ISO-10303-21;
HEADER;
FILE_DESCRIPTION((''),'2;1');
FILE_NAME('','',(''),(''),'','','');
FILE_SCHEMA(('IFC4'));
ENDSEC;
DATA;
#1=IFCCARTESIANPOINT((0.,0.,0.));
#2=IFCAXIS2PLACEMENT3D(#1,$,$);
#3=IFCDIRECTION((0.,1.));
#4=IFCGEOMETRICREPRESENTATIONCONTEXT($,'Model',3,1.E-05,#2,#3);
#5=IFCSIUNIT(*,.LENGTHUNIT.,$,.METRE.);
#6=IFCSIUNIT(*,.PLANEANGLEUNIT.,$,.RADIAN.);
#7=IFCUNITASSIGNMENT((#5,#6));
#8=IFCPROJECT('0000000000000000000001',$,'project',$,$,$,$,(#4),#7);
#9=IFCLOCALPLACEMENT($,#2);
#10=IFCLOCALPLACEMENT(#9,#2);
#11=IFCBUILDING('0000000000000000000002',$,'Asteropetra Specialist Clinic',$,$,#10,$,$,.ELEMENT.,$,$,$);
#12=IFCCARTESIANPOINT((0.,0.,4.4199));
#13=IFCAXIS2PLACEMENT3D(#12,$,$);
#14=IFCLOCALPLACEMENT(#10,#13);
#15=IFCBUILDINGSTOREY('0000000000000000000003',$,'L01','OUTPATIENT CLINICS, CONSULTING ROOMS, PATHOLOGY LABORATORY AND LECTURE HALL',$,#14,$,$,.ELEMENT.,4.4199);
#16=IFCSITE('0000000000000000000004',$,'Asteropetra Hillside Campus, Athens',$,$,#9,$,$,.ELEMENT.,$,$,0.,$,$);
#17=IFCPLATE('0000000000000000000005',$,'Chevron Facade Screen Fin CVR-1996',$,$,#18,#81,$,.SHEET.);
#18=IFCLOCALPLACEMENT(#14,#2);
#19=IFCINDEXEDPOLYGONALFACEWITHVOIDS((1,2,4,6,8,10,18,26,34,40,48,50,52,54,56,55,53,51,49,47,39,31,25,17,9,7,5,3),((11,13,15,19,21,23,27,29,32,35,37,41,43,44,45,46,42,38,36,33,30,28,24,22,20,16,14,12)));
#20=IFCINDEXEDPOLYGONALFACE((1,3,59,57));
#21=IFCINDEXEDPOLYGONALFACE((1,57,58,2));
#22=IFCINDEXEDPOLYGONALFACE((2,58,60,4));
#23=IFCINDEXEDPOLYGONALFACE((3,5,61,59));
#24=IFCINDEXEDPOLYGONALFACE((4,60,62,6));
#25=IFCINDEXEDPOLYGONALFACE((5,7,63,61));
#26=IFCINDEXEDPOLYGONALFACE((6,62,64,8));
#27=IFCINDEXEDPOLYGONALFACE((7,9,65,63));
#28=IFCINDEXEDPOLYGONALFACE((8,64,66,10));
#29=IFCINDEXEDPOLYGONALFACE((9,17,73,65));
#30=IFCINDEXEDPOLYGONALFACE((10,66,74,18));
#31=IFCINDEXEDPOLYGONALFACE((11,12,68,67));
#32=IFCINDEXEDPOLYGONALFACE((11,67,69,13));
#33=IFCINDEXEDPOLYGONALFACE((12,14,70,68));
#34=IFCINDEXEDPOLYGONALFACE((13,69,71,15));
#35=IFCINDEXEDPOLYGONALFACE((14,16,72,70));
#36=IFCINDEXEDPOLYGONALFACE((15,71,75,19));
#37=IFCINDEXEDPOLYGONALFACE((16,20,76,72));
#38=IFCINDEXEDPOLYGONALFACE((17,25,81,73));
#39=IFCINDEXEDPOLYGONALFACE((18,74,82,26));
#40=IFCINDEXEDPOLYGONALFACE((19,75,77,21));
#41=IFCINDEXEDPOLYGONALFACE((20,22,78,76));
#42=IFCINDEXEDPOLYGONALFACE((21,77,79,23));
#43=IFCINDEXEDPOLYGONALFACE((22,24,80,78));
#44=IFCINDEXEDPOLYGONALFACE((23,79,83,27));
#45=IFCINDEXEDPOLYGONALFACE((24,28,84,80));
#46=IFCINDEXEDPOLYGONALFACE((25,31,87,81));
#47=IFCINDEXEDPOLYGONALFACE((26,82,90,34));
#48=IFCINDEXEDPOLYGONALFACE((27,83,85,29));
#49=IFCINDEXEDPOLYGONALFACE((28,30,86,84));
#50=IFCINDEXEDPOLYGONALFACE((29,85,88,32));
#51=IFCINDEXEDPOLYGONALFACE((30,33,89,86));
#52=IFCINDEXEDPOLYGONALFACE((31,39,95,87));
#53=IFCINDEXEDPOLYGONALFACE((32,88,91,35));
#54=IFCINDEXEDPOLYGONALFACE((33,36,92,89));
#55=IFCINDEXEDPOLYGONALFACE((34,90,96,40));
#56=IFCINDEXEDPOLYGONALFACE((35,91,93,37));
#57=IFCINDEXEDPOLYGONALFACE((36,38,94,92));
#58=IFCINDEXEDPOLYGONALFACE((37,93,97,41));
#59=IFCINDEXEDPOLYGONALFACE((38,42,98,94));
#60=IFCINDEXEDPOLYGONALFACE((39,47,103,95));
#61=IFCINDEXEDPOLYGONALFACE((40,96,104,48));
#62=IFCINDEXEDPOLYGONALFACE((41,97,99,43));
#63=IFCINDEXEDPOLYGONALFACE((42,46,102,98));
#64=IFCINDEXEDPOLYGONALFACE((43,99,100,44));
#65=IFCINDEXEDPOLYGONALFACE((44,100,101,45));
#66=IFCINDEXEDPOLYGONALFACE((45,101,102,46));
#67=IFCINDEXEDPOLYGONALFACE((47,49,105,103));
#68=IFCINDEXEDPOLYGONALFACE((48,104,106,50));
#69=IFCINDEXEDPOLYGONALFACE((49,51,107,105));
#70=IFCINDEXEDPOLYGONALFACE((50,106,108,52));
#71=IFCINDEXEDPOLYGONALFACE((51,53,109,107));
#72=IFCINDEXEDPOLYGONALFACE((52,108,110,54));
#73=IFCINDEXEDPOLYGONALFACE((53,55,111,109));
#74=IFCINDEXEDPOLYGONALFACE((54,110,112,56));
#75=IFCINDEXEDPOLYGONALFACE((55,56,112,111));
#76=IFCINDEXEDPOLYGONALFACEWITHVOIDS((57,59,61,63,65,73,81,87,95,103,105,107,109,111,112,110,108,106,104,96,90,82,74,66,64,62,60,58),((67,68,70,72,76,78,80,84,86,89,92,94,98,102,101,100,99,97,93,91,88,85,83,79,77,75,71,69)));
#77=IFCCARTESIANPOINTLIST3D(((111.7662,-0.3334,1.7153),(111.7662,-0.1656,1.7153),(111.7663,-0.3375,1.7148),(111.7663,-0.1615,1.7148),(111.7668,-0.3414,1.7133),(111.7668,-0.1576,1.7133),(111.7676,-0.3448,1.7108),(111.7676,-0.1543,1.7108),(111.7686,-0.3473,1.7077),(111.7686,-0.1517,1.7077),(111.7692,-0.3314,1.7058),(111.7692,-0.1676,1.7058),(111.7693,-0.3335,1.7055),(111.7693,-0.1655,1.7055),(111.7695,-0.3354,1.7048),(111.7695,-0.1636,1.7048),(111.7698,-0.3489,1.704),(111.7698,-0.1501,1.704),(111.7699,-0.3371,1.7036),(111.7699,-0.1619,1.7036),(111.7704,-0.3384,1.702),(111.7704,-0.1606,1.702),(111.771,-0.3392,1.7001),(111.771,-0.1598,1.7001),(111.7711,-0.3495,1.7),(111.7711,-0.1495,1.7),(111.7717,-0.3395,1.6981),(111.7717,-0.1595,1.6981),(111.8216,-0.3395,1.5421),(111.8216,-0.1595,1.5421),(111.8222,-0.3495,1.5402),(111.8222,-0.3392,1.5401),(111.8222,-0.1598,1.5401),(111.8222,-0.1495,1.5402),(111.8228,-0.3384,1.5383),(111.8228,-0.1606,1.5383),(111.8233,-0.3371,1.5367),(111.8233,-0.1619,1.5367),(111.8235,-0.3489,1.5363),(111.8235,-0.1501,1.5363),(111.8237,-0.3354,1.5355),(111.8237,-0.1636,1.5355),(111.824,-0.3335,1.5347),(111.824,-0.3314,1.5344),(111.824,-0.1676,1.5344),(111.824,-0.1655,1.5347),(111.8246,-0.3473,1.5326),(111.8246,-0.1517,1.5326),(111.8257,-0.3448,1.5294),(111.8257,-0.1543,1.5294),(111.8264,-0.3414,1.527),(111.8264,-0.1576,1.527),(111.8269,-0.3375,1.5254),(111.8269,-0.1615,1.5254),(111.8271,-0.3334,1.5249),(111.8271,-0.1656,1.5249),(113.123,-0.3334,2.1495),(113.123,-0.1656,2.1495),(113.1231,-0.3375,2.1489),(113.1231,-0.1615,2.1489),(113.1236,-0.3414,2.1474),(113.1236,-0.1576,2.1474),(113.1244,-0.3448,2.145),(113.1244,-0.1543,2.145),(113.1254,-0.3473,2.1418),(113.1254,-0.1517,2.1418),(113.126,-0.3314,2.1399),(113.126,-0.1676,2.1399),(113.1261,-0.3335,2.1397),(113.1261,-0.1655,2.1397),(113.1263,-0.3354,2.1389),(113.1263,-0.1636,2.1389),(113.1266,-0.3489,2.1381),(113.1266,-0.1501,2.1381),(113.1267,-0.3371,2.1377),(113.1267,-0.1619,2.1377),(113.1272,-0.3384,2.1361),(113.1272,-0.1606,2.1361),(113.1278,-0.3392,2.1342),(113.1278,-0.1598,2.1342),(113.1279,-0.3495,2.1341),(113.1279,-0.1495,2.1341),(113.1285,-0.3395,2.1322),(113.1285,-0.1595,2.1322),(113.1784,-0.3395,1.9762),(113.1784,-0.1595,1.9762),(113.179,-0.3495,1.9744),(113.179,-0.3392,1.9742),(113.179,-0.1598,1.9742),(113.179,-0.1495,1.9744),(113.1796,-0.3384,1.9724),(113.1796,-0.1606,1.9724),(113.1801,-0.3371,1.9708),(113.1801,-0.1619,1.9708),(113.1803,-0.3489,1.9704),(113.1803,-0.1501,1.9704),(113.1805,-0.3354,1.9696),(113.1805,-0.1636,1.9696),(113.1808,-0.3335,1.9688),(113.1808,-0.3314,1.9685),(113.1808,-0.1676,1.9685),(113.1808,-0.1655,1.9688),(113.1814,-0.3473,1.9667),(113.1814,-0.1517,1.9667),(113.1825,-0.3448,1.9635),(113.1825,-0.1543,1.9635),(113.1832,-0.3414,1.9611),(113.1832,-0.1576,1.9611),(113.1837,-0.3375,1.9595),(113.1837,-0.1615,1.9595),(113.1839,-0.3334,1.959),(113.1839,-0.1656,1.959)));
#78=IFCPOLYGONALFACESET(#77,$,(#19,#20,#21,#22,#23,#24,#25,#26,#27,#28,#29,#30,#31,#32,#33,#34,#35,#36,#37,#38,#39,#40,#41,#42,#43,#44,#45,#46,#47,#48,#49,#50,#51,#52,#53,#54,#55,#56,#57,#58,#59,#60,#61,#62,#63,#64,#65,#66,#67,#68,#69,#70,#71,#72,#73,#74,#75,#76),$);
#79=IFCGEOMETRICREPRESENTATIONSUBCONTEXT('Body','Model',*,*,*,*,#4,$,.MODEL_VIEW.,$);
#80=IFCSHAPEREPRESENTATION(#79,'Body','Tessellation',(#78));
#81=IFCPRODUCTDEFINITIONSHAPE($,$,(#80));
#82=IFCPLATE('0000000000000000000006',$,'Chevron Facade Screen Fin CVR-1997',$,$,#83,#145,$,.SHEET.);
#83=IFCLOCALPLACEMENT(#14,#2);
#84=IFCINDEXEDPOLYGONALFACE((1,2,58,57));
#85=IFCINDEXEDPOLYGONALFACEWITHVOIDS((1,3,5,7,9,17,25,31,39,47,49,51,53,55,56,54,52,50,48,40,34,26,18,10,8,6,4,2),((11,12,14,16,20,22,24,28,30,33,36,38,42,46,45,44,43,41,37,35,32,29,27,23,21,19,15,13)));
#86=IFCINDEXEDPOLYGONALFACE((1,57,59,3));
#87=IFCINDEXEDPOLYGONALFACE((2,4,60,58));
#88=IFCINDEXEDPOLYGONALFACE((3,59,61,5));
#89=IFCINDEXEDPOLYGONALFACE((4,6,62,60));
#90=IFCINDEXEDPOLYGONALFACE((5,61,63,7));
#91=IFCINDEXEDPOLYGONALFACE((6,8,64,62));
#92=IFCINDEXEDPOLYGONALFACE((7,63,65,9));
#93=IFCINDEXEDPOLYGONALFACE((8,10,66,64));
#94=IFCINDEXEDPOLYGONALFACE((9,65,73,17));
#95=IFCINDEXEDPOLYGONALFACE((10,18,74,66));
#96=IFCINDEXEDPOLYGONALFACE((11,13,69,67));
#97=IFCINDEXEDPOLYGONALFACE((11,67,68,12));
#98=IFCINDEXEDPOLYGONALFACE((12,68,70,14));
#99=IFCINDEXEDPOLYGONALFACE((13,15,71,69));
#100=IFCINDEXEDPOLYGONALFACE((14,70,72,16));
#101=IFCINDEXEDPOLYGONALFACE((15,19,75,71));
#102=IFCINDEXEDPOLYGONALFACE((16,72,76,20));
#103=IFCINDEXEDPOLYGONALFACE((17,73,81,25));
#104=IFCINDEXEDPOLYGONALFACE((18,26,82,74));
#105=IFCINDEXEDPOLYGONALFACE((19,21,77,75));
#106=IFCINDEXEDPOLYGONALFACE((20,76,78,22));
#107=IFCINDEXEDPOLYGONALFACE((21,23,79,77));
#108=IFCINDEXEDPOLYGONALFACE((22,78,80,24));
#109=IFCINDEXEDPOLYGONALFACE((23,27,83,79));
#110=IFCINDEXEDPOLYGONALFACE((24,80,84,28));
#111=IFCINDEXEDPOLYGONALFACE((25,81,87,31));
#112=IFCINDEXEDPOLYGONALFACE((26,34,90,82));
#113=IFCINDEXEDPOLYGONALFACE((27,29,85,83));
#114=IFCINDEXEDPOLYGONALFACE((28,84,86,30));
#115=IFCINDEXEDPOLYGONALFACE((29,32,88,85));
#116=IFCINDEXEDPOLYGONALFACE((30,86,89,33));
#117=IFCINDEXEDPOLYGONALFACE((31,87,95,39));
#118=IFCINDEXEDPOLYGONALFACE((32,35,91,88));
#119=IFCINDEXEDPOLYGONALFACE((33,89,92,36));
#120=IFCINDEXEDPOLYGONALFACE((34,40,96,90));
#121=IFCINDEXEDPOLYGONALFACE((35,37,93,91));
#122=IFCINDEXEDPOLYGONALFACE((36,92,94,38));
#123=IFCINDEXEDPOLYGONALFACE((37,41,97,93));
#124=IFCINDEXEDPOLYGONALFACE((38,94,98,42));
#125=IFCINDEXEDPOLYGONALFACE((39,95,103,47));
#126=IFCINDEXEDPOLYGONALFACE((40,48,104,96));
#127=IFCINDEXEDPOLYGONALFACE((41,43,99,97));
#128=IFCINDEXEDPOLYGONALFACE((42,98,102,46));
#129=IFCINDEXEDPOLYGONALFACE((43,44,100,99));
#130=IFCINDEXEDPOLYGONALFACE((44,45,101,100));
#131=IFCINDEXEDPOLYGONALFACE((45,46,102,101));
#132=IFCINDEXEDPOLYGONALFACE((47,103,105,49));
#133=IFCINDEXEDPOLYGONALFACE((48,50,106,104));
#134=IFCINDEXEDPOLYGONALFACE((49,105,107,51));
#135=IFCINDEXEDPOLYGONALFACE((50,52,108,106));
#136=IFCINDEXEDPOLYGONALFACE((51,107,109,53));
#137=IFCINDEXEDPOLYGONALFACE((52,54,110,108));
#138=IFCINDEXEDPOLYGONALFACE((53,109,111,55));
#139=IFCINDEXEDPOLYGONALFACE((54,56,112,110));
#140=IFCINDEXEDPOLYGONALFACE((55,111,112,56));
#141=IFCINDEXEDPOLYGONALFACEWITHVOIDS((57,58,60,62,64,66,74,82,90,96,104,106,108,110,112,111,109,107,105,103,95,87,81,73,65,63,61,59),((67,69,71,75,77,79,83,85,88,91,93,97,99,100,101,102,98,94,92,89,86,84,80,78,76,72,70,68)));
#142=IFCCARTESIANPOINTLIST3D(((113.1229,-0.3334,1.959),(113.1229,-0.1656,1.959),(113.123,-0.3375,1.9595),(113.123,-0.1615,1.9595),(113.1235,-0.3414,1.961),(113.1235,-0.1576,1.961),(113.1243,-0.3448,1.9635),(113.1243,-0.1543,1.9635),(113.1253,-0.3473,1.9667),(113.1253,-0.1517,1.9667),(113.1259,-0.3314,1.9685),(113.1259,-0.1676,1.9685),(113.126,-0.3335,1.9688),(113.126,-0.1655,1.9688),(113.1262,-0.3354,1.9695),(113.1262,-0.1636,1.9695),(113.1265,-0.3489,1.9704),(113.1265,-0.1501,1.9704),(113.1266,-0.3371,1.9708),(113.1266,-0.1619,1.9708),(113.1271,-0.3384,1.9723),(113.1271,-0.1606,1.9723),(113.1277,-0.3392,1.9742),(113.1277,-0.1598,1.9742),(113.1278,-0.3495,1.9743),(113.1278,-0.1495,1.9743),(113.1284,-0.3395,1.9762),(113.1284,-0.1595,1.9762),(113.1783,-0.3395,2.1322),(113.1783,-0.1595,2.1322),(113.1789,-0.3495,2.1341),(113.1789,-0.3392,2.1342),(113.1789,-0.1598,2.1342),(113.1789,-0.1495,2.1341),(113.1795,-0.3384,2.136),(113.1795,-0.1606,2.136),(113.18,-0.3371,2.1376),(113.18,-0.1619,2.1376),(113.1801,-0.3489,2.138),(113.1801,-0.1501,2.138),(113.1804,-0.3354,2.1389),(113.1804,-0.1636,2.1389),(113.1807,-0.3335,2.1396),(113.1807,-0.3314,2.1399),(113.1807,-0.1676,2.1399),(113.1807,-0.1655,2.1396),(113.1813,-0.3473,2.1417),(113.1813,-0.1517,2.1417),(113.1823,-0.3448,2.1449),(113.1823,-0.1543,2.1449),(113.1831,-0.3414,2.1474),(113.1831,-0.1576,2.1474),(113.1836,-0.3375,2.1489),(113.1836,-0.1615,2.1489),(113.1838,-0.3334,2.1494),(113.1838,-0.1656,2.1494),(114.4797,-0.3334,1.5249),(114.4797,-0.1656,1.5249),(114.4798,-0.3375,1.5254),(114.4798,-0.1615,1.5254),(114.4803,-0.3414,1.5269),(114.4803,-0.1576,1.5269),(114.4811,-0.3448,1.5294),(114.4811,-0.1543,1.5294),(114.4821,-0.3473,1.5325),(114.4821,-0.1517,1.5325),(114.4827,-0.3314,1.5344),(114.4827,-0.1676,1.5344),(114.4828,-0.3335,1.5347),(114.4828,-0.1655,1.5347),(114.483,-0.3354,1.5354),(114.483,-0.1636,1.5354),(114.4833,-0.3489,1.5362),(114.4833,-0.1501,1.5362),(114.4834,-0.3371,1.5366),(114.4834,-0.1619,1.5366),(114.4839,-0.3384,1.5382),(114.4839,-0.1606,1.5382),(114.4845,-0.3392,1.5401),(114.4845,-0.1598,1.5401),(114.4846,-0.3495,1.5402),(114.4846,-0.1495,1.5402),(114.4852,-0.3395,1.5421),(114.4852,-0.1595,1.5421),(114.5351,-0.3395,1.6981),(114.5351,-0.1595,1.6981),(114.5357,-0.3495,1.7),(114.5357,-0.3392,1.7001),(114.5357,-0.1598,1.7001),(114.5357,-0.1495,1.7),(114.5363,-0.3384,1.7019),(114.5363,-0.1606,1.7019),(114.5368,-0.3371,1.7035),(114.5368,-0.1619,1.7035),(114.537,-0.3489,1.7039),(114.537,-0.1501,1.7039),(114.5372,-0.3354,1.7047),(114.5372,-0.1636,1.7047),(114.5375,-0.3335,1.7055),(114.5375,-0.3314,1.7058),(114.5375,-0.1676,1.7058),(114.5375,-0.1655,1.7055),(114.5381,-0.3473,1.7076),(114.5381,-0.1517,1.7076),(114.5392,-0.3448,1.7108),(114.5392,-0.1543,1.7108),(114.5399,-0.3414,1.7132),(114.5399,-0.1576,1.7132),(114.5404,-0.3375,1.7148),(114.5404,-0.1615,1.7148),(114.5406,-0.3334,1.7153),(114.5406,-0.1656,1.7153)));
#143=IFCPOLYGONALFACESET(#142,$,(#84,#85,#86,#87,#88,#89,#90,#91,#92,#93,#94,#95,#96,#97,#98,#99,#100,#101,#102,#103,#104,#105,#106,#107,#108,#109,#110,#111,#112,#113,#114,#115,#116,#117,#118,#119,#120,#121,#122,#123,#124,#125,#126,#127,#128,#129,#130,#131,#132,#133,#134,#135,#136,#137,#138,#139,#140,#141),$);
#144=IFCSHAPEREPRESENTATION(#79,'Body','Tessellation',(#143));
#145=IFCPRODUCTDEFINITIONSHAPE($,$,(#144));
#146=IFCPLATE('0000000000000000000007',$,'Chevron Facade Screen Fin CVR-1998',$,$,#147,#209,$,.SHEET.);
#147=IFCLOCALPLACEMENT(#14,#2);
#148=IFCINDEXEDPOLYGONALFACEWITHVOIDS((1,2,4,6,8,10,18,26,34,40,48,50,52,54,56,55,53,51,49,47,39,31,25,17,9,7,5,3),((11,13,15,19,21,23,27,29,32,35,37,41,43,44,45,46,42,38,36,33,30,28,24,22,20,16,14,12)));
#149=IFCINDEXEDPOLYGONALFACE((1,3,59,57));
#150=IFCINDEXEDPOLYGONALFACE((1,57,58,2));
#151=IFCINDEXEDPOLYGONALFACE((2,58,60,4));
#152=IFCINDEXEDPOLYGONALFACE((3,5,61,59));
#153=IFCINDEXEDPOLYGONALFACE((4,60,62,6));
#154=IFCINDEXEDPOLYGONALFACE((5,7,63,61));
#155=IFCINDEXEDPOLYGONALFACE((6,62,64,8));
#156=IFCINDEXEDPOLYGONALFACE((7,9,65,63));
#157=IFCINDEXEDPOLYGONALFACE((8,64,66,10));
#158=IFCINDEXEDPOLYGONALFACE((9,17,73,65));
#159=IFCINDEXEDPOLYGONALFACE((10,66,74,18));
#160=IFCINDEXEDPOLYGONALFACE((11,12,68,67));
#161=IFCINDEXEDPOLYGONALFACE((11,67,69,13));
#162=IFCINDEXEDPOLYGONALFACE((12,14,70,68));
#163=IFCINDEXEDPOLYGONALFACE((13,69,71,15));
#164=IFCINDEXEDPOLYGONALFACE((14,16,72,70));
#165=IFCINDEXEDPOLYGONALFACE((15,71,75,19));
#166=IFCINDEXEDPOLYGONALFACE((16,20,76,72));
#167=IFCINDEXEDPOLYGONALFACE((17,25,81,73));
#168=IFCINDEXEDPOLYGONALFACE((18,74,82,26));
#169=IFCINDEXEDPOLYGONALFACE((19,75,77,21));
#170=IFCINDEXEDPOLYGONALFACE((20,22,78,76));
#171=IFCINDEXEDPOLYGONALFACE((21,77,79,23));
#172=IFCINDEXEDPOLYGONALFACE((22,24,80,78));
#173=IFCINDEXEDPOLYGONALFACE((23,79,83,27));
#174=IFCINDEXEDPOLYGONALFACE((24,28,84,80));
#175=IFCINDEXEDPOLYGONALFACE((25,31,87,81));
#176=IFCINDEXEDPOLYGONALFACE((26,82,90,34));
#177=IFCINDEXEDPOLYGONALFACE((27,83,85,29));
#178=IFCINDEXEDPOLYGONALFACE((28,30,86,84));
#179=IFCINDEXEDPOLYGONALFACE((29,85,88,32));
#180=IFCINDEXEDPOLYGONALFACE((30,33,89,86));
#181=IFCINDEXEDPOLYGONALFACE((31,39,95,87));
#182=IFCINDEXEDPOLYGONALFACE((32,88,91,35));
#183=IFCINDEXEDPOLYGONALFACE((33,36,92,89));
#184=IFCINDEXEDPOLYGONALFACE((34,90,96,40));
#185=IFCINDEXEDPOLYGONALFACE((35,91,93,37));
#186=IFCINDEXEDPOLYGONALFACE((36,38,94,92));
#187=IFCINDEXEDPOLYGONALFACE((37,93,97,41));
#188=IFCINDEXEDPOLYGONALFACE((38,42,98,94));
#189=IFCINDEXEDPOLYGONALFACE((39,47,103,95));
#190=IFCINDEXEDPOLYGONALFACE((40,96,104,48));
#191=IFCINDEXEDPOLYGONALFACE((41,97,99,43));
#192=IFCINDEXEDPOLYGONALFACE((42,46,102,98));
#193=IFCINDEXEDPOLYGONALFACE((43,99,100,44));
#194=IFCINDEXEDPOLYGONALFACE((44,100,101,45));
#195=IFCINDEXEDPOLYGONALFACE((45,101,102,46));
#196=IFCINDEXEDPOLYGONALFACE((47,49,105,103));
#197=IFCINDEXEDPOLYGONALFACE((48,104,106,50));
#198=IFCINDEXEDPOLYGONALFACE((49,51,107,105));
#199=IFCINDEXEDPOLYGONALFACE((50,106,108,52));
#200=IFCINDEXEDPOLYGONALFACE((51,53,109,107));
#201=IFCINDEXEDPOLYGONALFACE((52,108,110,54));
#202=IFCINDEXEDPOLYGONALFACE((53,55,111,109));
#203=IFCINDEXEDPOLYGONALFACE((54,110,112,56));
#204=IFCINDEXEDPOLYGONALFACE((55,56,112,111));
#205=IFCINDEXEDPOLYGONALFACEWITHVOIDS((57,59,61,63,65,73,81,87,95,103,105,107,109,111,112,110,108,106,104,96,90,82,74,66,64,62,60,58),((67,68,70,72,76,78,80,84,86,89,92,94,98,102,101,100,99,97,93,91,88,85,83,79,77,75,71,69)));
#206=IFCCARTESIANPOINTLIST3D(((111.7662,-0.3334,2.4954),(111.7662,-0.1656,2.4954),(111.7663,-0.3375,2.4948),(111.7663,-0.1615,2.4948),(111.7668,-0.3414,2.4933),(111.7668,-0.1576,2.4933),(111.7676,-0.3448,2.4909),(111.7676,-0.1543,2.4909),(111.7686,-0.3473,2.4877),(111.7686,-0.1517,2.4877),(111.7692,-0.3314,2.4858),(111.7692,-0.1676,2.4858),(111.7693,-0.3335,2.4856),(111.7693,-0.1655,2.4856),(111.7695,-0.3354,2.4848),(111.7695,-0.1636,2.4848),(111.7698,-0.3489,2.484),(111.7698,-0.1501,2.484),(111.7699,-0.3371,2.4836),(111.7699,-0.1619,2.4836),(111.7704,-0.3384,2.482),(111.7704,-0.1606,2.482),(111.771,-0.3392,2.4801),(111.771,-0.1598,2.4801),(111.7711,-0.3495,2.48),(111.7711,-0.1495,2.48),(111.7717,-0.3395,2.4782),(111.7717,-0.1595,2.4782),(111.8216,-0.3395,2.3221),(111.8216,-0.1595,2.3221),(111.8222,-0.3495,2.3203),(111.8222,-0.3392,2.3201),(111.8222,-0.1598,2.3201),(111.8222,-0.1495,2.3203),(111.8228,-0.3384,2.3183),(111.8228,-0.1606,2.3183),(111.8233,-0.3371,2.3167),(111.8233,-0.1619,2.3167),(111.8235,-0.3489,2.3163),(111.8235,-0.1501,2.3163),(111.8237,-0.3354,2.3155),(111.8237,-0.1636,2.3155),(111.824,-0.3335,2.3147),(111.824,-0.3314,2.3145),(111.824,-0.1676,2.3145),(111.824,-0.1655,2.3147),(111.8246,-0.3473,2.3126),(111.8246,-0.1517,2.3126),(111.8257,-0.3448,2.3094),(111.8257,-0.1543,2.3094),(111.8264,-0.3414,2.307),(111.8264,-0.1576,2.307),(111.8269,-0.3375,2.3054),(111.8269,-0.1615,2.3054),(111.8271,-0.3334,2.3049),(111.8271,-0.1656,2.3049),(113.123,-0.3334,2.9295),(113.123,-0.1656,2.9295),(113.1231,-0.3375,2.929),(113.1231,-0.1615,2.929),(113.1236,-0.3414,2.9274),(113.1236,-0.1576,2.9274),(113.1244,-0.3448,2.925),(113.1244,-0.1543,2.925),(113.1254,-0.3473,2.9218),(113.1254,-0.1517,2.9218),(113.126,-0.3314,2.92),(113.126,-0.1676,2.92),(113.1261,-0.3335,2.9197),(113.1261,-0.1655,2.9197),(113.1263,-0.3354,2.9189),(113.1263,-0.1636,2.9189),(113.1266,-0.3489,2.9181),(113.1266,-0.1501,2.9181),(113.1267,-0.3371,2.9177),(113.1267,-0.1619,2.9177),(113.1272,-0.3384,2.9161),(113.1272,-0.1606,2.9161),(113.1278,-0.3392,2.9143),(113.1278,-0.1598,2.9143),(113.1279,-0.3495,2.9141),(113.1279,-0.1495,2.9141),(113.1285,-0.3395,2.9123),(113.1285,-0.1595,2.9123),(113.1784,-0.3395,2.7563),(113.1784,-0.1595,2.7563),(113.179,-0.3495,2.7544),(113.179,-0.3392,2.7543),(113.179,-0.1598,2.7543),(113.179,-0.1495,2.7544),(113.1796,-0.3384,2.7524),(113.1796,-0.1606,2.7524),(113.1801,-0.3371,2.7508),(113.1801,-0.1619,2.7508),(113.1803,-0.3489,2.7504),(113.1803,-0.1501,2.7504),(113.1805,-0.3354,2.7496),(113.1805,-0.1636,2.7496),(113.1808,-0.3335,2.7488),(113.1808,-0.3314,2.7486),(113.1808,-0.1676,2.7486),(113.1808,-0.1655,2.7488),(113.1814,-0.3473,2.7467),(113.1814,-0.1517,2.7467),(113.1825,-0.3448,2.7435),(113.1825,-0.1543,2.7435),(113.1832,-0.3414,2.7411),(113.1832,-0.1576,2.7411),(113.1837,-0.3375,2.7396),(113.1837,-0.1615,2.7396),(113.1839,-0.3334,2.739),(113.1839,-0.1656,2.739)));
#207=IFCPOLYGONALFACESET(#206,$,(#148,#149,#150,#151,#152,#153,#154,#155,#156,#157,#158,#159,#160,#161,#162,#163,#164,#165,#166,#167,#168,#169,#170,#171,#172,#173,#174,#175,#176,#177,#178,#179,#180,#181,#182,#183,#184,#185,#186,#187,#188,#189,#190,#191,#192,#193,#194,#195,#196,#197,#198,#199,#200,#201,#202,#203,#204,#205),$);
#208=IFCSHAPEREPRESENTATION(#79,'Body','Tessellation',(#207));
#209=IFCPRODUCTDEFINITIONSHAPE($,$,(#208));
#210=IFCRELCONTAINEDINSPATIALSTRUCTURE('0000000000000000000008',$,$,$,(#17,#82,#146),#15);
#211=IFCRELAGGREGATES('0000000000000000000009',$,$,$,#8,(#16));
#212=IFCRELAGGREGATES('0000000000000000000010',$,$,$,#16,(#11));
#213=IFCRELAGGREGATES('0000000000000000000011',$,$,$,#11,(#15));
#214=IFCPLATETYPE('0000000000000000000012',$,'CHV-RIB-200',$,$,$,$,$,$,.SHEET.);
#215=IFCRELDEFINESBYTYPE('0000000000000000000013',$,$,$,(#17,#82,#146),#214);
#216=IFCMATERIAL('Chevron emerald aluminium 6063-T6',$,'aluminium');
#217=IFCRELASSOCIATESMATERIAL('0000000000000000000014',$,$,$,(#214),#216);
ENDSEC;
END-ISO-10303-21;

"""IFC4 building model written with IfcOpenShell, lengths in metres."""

from ifc_helpers import new_model, si_unit, direction, frame, origin, origin_2d, place, context, subcontext, project, spatial, hollow_rectangle, extrude, material, material_profile, profile_set, type_object, element, save


model = new_model("IFC4")

# Units and contexts
model_context = context("Model", 3, precision=1e-05, world=origin(), true_north=direction((0.0, 1.0)))
body_context = subcontext(model_context, "Body", "Model", "MODEL_VIEW")
ifc_project = project(units=[si_unit("LENGTHUNIT", "METRE"), si_unit("PLANEANGLEUNIT", "RADIAN")], contexts=[model_context])

# Site, building, storey
site_placement = place(None, origin())
site = spatial("IfcSite", under=ifc_project, at=site_placement, Name="Asteropetra Hillside Campus, Athens", CompositionType="ELEMENT", RefElevation=0.0)
building_placement = place(site_placement, origin())
building = spatial("IfcBuilding", under=site, at=building_placement, Name="Asteropetra Specialist Clinic", CompositionType="ELEMENT")
storey_placement = place(building_placement, frame((0.0, 0.0, 4.4199)))
storey = spatial("IfcBuildingStorey", under=building, at=storey_placement, Name="L01", Description="OUTPATIENT CLINICS, CONSULTING ROOMS, PATHOLOGY LABORATORY AND LECTURE HALL", CompositionType="ELEMENT", Elevation=4.4199)

# Plates
ifc_material_1 = material(Name="Chevron emerald aluminium 6063-T6", Category="aluminium")
ifc_material_profile_1 = material_profile(ifc_material_1, hollow_rectangle(XDim=0.2, YDim=0.2, WallThickness=0.01, InnerFilletRadius=0.0081, OuterFilletRadius=0.0161, at=origin_2d()), Name="SHS 200x200x10.0")
ifc_profile_set_1 = profile_set([ifc_material_profile_1], Name="Chevron emerald aluminium 6063-T6")
plate_type = type_object("IfcPlateType", Name="CHV-RIB-200", PredefinedType="SHEET", material=ifc_profile_set_1)
for number, where, z_axis, x_axis, name in (
    (1, (111.7966, -0.2495, 1.6201), (0.952436, 0.0, 0.304738), (0.0, 1.0, 0.0), "Chevron Facade Screen Fin CVR-1996"),
    (2, (113.1533, -0.2495, 2.0542), (0.952436, 0.0, -0.304738), (0.0, 1.0, 0.0), "Chevron Facade Screen Fin CVR-1997"),
    (3, (111.7966, -0.2495, 2.4001), (0.952436, 0.0, 0.304738), (0.0, 1.0, 0.0), "Chevron Facade Screen Fin CVR-1998"),
):
    element("IfcPlate", number, at=place(storey_placement, frame(where, z_axis=z_axis, x_axis=x_axis)), inside=storey, type_object=plate_type, Name=name, PredefinedType="SHEET", context=body_context, shape_type="SweptSolid", body=[
        extrude(hollow_rectangle(XDim=0.2, YDim=0.2, WallThickness=0.01, InnerFilletRadius=0.0081, OuterFilletRadius=0.0161, at=origin_2d()), origin(), (0.0, 0.0, 1.0), 1.4246),
    ])

save(model, "model.ifc")
